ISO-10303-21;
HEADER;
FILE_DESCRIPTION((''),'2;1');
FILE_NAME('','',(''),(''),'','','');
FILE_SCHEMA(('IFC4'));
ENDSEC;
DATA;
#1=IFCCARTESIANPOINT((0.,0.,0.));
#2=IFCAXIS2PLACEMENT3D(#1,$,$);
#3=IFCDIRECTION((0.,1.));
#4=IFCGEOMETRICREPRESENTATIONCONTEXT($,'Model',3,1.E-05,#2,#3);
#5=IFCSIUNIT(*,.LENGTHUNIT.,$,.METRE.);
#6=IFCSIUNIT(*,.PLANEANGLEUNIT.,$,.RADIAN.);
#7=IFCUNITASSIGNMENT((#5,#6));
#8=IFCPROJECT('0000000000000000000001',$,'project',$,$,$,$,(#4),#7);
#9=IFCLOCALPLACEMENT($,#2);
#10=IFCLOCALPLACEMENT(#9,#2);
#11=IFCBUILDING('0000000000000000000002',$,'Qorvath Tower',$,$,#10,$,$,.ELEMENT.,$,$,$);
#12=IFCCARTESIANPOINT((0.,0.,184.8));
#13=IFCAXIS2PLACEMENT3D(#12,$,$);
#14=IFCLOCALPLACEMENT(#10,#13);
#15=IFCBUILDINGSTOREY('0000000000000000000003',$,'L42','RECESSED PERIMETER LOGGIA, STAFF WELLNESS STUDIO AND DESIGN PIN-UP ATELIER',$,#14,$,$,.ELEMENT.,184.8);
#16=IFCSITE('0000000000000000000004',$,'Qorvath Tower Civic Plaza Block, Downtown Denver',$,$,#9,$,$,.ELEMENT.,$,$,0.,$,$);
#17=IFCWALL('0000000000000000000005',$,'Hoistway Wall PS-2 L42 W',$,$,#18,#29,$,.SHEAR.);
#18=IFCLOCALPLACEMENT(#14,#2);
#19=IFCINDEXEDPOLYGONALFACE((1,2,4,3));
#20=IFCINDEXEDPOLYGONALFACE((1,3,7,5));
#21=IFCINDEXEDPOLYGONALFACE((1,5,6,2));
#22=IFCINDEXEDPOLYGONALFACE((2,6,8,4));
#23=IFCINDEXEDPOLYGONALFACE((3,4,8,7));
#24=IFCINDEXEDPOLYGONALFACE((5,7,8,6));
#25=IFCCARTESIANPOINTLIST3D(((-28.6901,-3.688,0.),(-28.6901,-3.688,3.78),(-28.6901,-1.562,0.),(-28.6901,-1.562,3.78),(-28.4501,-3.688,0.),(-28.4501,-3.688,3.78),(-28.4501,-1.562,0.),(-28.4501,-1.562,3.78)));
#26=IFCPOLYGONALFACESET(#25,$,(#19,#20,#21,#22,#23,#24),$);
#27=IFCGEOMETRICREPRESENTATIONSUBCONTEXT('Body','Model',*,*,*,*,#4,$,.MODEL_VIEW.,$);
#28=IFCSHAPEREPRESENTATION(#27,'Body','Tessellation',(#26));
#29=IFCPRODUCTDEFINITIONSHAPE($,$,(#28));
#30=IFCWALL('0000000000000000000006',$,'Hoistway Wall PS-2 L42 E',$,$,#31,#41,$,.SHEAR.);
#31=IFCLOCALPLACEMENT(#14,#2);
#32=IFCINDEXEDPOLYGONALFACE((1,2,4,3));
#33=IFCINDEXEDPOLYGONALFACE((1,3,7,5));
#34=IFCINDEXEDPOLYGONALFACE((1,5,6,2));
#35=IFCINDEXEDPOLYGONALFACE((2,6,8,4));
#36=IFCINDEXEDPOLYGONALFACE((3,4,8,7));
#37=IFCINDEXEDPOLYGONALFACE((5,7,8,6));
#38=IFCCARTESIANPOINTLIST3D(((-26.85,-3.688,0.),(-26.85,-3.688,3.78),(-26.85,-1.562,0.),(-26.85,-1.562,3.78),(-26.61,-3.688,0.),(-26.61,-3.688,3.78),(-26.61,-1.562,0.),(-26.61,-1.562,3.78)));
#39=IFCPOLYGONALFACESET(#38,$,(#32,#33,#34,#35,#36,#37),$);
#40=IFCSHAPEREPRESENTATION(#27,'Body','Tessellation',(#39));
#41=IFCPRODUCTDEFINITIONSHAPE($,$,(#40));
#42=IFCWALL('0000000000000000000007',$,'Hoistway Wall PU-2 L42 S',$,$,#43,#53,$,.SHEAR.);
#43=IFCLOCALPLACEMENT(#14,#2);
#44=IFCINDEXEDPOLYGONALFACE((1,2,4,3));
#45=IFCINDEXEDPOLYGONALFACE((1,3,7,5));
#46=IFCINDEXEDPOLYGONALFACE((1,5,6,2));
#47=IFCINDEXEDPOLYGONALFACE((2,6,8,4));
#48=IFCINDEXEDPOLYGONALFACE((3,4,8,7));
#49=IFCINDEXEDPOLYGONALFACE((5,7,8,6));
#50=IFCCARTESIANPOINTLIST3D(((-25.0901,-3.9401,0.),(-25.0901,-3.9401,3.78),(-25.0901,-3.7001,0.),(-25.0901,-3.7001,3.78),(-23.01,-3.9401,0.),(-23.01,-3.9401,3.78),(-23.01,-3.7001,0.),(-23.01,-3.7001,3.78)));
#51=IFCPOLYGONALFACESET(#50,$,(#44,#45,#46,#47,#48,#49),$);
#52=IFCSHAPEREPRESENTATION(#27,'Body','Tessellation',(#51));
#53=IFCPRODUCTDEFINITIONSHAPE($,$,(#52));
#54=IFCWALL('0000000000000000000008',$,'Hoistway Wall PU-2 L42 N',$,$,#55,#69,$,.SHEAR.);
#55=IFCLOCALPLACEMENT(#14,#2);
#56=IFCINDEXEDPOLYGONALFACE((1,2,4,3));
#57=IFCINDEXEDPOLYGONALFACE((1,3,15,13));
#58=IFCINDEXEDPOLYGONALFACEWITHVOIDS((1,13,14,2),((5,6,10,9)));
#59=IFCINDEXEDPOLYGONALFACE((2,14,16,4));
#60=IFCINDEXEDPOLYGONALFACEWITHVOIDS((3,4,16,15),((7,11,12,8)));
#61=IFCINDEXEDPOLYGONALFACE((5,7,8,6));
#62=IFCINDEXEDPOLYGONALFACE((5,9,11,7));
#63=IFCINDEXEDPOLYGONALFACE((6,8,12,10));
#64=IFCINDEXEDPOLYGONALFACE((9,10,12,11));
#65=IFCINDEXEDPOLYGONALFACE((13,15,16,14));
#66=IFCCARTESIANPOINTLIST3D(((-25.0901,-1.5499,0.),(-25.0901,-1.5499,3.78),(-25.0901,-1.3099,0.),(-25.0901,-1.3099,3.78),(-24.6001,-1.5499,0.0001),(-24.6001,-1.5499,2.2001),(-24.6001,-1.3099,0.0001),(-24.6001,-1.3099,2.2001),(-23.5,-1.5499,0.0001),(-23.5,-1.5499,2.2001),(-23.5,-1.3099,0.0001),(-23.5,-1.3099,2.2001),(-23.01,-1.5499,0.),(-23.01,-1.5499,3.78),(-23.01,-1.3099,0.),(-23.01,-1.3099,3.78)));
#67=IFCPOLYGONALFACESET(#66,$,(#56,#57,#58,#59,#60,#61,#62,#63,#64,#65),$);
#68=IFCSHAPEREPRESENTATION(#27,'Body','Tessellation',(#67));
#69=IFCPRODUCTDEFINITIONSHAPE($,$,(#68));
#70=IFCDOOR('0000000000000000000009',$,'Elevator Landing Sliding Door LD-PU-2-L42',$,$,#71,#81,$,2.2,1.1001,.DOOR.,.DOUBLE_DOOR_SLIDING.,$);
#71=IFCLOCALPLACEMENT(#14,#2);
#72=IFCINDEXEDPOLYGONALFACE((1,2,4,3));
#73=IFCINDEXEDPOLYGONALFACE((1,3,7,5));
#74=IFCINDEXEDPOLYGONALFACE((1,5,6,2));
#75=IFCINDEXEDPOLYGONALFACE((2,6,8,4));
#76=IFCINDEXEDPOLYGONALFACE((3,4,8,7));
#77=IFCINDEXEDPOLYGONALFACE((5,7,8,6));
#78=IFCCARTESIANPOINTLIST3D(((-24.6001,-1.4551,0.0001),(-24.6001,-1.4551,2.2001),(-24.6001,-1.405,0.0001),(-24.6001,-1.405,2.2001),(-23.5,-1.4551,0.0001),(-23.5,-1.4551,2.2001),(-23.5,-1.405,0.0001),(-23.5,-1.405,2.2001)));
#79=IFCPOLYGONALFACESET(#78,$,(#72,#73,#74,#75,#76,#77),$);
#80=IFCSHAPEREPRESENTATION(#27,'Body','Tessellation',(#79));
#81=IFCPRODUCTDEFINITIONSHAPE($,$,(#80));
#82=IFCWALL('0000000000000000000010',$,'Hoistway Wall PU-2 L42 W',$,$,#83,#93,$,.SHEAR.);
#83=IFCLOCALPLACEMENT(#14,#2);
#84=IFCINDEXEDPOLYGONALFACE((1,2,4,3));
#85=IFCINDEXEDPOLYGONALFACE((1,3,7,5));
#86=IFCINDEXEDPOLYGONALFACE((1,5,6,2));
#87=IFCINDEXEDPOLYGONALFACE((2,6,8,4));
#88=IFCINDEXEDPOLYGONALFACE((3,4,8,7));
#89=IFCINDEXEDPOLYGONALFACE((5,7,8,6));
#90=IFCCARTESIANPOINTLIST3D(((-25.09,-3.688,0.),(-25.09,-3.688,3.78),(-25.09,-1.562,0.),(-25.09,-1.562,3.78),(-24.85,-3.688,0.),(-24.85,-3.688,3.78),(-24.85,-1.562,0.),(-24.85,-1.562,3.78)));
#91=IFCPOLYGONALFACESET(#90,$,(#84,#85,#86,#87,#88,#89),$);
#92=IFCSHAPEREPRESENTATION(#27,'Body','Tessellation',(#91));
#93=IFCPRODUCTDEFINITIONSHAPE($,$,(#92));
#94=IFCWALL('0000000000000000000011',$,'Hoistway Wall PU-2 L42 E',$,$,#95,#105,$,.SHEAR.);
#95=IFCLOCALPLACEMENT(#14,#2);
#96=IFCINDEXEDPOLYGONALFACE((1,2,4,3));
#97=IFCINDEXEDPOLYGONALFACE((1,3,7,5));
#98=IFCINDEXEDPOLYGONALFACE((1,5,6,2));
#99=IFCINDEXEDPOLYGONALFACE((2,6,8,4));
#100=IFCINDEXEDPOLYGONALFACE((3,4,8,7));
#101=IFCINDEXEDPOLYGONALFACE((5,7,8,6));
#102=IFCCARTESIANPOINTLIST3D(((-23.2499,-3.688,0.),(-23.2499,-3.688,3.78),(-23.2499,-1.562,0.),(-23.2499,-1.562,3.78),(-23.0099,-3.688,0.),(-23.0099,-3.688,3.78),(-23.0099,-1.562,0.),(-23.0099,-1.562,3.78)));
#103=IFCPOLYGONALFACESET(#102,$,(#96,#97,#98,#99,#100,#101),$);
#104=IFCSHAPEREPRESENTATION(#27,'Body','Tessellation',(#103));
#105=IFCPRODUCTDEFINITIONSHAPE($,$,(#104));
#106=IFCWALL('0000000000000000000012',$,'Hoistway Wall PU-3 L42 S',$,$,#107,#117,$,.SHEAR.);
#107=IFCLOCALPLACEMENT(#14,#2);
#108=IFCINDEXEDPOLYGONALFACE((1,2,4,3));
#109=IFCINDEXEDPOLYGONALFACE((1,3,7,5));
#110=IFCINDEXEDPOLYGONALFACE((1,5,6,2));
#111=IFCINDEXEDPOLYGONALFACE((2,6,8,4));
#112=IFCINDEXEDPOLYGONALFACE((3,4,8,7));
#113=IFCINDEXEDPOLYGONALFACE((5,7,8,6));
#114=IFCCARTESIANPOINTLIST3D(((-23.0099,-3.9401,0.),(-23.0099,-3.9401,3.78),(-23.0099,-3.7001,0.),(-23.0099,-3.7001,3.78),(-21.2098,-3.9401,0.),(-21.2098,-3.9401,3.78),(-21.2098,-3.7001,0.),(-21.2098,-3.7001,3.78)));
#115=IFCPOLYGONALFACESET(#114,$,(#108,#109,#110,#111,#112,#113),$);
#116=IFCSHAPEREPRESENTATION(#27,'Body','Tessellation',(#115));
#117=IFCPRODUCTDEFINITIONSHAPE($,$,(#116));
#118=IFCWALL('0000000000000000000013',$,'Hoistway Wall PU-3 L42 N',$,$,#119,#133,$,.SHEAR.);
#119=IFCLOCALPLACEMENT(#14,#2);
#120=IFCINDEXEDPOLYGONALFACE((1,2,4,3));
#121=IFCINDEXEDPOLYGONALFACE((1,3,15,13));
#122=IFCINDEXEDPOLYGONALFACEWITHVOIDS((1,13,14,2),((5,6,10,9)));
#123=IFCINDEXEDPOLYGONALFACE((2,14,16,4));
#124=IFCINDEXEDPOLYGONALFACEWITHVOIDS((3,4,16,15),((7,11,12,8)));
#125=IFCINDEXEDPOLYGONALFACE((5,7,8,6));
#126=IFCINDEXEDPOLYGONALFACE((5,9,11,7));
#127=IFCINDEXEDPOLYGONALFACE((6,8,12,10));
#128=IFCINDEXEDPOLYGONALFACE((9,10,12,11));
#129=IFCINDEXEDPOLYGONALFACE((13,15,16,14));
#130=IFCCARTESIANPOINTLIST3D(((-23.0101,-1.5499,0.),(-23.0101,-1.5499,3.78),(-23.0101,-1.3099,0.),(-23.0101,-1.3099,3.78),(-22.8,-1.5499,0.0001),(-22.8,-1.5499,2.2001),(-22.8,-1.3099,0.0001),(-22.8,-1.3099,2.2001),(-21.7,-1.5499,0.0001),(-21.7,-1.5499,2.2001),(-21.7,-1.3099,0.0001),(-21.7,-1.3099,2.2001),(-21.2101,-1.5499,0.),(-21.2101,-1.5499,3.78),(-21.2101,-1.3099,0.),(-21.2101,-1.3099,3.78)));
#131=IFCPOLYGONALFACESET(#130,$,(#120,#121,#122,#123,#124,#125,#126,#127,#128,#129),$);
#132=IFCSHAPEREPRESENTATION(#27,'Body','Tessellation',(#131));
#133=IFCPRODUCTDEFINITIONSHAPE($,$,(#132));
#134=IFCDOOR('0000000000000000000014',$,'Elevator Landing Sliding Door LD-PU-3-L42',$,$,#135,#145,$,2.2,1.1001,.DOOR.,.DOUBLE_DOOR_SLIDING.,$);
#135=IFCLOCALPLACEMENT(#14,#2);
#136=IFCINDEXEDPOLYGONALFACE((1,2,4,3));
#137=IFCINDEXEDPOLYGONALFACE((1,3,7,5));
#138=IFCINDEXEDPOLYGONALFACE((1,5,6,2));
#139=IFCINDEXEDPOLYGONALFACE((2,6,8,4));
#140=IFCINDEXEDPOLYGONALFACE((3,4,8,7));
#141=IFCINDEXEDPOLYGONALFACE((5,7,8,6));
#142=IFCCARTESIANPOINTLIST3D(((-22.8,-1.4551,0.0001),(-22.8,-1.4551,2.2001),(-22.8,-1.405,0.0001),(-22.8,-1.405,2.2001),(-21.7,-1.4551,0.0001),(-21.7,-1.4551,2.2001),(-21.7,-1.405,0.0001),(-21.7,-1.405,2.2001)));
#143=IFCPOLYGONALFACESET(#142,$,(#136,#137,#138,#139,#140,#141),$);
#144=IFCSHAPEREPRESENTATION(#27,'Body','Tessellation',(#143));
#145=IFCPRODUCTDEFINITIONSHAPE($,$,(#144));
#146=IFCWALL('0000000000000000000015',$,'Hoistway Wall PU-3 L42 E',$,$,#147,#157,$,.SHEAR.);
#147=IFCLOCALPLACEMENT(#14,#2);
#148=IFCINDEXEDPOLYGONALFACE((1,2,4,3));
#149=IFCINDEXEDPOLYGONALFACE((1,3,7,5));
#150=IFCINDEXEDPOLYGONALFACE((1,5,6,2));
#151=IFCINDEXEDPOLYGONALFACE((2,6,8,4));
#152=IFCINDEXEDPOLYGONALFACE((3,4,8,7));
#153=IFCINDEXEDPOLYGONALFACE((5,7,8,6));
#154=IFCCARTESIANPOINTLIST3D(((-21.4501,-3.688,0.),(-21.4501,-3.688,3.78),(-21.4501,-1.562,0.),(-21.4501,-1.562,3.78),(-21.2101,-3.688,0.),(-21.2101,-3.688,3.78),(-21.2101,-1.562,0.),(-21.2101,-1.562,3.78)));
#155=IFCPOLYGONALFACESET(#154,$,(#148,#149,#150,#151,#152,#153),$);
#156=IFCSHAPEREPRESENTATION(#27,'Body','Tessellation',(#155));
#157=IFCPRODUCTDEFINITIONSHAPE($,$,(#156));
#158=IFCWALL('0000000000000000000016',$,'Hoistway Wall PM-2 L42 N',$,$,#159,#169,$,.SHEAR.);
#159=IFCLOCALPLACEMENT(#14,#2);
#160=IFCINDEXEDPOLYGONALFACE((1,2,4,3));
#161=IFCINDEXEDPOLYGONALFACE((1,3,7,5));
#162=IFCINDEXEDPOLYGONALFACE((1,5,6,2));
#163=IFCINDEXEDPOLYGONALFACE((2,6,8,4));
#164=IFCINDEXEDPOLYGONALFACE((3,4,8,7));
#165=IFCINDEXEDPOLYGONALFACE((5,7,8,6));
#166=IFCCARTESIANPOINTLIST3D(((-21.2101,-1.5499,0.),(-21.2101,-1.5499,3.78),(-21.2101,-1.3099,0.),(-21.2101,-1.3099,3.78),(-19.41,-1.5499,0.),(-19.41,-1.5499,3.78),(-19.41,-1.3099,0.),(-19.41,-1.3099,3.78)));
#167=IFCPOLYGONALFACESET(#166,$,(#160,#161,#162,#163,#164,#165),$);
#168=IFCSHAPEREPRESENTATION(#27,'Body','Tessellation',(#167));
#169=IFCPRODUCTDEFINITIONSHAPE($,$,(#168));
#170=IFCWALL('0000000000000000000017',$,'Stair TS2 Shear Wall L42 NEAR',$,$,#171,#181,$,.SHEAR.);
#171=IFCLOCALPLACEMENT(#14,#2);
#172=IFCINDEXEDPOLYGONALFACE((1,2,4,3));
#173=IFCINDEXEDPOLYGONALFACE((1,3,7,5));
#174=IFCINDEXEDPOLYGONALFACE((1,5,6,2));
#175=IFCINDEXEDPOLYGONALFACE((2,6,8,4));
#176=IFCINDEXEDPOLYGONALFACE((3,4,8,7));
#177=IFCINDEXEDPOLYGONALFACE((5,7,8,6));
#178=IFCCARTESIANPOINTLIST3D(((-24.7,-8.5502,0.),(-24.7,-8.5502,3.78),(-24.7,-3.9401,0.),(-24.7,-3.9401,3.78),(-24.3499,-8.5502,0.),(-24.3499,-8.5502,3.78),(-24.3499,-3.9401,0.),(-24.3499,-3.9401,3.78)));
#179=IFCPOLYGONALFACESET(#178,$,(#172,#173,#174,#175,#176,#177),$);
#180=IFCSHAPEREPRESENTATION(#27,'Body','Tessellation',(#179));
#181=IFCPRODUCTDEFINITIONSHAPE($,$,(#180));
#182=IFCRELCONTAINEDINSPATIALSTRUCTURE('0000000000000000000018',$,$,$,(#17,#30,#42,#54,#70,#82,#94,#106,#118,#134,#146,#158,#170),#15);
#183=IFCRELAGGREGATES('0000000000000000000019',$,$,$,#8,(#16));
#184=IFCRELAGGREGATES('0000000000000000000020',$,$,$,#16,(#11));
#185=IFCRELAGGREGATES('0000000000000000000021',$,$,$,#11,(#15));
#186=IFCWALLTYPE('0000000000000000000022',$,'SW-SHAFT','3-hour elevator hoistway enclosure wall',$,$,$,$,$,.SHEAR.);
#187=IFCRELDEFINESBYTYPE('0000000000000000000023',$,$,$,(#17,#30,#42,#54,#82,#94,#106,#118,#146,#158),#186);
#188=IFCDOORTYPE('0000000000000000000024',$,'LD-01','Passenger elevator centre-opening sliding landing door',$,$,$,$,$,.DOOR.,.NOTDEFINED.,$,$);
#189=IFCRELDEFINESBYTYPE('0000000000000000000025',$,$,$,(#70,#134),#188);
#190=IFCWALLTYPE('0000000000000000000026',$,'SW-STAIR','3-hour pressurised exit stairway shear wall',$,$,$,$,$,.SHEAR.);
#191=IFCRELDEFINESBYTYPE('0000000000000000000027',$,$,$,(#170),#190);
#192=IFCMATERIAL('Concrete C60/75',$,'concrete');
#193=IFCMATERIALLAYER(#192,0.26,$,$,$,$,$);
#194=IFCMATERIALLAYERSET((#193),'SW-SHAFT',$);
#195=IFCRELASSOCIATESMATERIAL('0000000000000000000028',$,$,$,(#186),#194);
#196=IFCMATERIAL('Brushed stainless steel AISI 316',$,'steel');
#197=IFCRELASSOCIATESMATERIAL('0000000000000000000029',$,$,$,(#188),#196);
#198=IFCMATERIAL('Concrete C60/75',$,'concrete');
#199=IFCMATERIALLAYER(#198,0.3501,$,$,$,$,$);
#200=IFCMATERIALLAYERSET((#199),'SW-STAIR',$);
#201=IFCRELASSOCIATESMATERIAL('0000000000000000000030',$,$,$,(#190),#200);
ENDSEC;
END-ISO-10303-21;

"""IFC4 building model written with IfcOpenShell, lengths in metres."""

from ifc_helpers import new_model, si_unit, direction, frame, frame_2d, origin, place, context, subcontext, project, spatial, rectangle, extrude, material, layer, layer_set, type_object, element, fill, save


model = new_model("IFC4")

# Units and contexts
model_context = context("Model", 3, precision=1e-05, world=origin(), true_north=direction((0.0, 1.0)))
body_context = subcontext(model_context, "Body", "Model", "MODEL_VIEW")
ifc_project = project(units=[si_unit("LENGTHUNIT", "METRE"), si_unit("PLANEANGLEUNIT", "RADIAN")], contexts=[model_context])

# Site, building, storey
site_placement = place(None, origin())
site = spatial("IfcSite", under=ifc_project, at=site_placement, Name="Qorvath Tower Civic Plaza Block, Downtown Denver", CompositionType="ELEMENT", RefElevation=0.0)
building_placement = place(site_placement, origin())
building = spatial("IfcBuilding", under=site, at=building_placement, Name="Qorvath Tower", CompositionType="ELEMENT")
storey_placement = place(building_placement, frame((0.0, 0.0, 184.8)))
storey = spatial("IfcBuildingStorey", under=building, at=storey_placement, Name="L42", Description="RECESSED PERIMETER LOGGIA, STAFF WELLNESS STUDIO AND DESIGN PIN-UP ATELIER", CompositionType="ELEMENT", Elevation=184.8)

# Shared definitions
ifc_material_1 = material(Name="Concrete C60/75", Category="concrete")
ifc_layer_1 = layer(ifc_material_1, 0.26)
ifc_layer_set_1 = layer_set([ifc_layer_1], Name="SW-SHAFT")
wall_type_1 = type_object("IfcWallType", Name="SW-SHAFT", Description="3-hour elevator hoistway enclosure wall", PredefinedType="SHEAR", material=ifc_layer_set_1)

# Walls
for number, where, z_axis, x_axis, name in (
    (1, (-28.5701, -3.688, 0.0), (0.0, 0.0, 1.0), (0.0, 1.0, 0.0), "Hoistway Wall PS-2 L42 W"),
    (2, (-26.73, -1.562, 0.0), (0.0, 0.0, 1.0), (0.0, -1.0, 0.0), "Hoistway Wall PS-2 L42 E"),
):
    element("IfcWall", number, at=place(storey_placement, frame(where, z_axis=z_axis, x_axis=x_axis)), inside=storey, type_object=wall_type_1, Name=name, PredefinedType="SHEAR", context=body_context, shape_type="SweptSolid", body=[
        extrude(rectangle(XDim=2.126, YDim=0.24, at=frame_2d((1.063, 0.0))), origin(), (0.0, 0.0, 1.0), 3.78),
    ])
wall_1_placement = place(storey_placement, frame((-23.01, -3.8201, 0.0), z_axis=(0.0, 0.0, 1.0), x_axis=(-1.0, 0.0, 0.0)))
element("IfcWall", 3, at=wall_1_placement, inside=storey, type_object=wall_type_1, Name="Hoistway Wall PU-2 L42 S", PredefinedType="SHEAR", context=body_context, shape_type="SweptSolid", body=[
    extrude(rectangle(XDim=2.0801, YDim=0.24, at=frame_2d((1.04, 0.0))), origin(), (0.0, 0.0, 1.0), 3.78),
])

# Wall, opening, door
wall_2_placement = place(storey_placement, frame((-25.0901, -1.4299, 0.0), z_axis=(0.0, 0.0, 1.0), x_axis=(1.0, 0.0, 0.0)))
wall_2 = element("IfcWall", 4, at=wall_2_placement, inside=storey, type_object=wall_type_1, Name="Hoistway Wall PU-2 L42 N", PredefinedType="SHEAR", context=body_context, shape_type="SweptSolid", body=[
    extrude(rectangle(XDim=2.0801, YDim=0.24, at=frame_2d((1.04, 0.0))), origin(), (0.0, 0.0, 1.0), 3.78),
])
opening_1_placement = place(wall_2_placement, frame((0.49, 0.0, 0.0)))
opening_1 = element("IfcOpeningElement", 5, at=opening_1_placement, cuts=wall_2, PredefinedType="OPENING", context=body_context, shape_type="SweptSolid", body=[
    extrude(rectangle(XDim=1.1001, YDim=2.2, at=frame_2d((0.55, 1.1001))), frame((0.0, 0.1299, 0.0), z_axis=(0.0, -1.0, 0.0), x_axis=(1.0, 0.0, 0.0)), (0.0, 0.0, 1.0), 0.26),
])
ifc_material_2 = material(Name="Brushed stainless steel AISI 316", Category="steel")
door_type_1 = type_object("IfcDoorType", Name="LD-01", Description="Passenger elevator centre-opening sliding landing door", OperationType="NOTDEFINED", PredefinedType="DOOR", material=ifc_material_2)
door_1_placement = place(opening_1_placement, origin())
door_1 = element("IfcDoor", 6, at=door_1_placement, inside=storey, type_object=door_type_1, Name="Elevator Landing Sliding Door LD-PU-2-L42", OperationType="DOUBLE_DOOR_SLIDING", OverallHeight=2.2, OverallWidth=1.1001, PredefinedType="DOOR", context=body_context, shape_type="SweptSolid", body=[
    extrude(rectangle(XDim=1.1001, YDim=2.2, at=frame_2d((0.55, 1.1001))), frame((0.0, 0.0249, 0.0), z_axis=(0.0, -1.0, 0.0), x_axis=(1.0, 0.0, 0.0)), (0.0, 0.0, 1.0), 0.05),
])
fill(opening_1, door_1)

# Walls
for number, where, z_axis, x_axis, name in (
    (7, (-24.97, -3.688, 0.0), (0.0, 0.0, 1.0), (0.0, 1.0, 0.0), "Hoistway Wall PU-2 L42 W"),
    (8, (-23.1299, -1.562, 0.0), (0.0, 0.0, 1.0), (0.0, -1.0, 0.0), "Hoistway Wall PU-2 L42 E"),
):
    element("IfcWall", number, at=place(storey_placement, frame(where, z_axis=z_axis, x_axis=x_axis)), inside=storey, type_object=wall_type_1, Name=name, PredefinedType="SHEAR", context=body_context, shape_type="SweptSolid", body=[
        extrude(rectangle(XDim=2.126, YDim=0.24, at=frame_2d((1.063, 0.0))), origin(), (0.0, 0.0, 1.0), 3.78),
    ])
wall_3_placement = place(storey_placement, frame((-21.21, -3.8201, 0.0), z_axis=(0.0, 0.0, 1.0), x_axis=(-1.0, 0.0, 0.0)))
element("IfcWall", 9, at=wall_3_placement, inside=storey, type_object=wall_type_1, Name="Hoistway Wall PU-3 L42 S", PredefinedType="SHEAR", context=body_context, shape_type="SweptSolid", body=[
    extrude(rectangle(XDim=1.8, YDim=0.24, at=frame_2d((0.8999, 0.0))), origin(), (0.0, 0.0, 1.0), 3.78),
])

# Wall, opening, door
wall_4_placement = place(storey_placement, frame((-23.01, -1.4299, 0.0), z_axis=(0.0, 0.0, 1.0), x_axis=(1.0, 0.0, 0.0)))
wall_4 = element("IfcWall", 10, at=wall_4_placement, inside=storey, type_object=wall_type_1, Name="Hoistway Wall PU-3 L42 N", PredefinedType="SHEAR", context=body_context, shape_type="SweptSolid", body=[
    extrude(rectangle(XDim=1.8, YDim=0.24, at=frame_2d((0.8999, 0.0))), origin(), (0.0, 0.0, 1.0), 3.78),
])
opening_2_placement = place(wall_4_placement, frame((0.21, 0.0, 0.0)))
opening_2 = element("IfcOpeningElement", 11, at=opening_2_placement, cuts=wall_4, PredefinedType="OPENING", context=body_context, shape_type="SweptSolid", body=[
    extrude(rectangle(XDim=1.1001, YDim=2.2, at=frame_2d((0.55, 1.1001))), frame((0.0, 0.1299, 0.0), z_axis=(0.0, -1.0, 0.0), x_axis=(1.0, 0.0, 0.0)), (0.0, 0.0, 1.0), 0.26),
])
door_2_placement = place(opening_2_placement, origin())
door_2 = element("IfcDoor", 12, at=door_2_placement, inside=storey, type_object=door_type_1, Name="Elevator Landing Sliding Door LD-PU-3-L42", OperationType="DOUBLE_DOOR_SLIDING", OverallHeight=2.2, OverallWidth=1.1001, PredefinedType="DOOR", context=body_context, shape_type="SweptSolid", body=[
    extrude(rectangle(XDim=1.1001, YDim=2.2, at=frame_2d((0.55, 1.1001))), frame((0.0, 0.0249, 0.0), z_axis=(0.0, -1.0, 0.0), x_axis=(1.0, 0.0, 0.0)), (0.0, 0.0, 1.0), 0.05),
])
fill(opening_2, door_2)

# Walls
wall_5_placement = place(storey_placement, frame((-21.3301, -1.562, 0.0), z_axis=(0.0, 0.0, 1.0), x_axis=(0.0, -1.0, 0.0)))
element("IfcWall", 13, at=wall_5_placement, inside=storey, type_object=wall_type_1, Name="Hoistway Wall PU-3 L42 E", PredefinedType="SHEAR", context=body_context, shape_type="SweptSolid", body=[
    extrude(rectangle(XDim=2.126, YDim=0.24, at=frame_2d((1.063, 0.0))), origin(), (0.0, 0.0, 1.0), 3.78),
])
wall_6_placement = place(storey_placement, frame((-21.21, -1.4299, 0.0), z_axis=(0.0, 0.0, 1.0), x_axis=(1.0, 0.0, 0.0)))
element("IfcWall", 14, at=wall_6_placement, inside=storey, type_object=wall_type_1, Name="Hoistway Wall PM-2 L42 N", PredefinedType="SHEAR", context=body_context, shape_type="SweptSolid", body=[
    extrude(rectangle(XDim=1.8, YDim=0.24, at=frame_2d((0.8999, 0.0))), origin(), (0.0, 0.0, 1.0), 3.78),
])
ifc_material_3 = material(Name="Concrete C60/75", Category="concrete")
ifc_layer_2 = layer(ifc_material_3, 0.3501)
ifc_layer_set_2 = layer_set([ifc_layer_2], Name="SW-STAIR")
wall_type_2 = type_object("IfcWallType", Name="SW-STAIR", Description="3-hour pressurised exit stairway shear wall", PredefinedType="SHEAR", material=ifc_layer_set_2)
wall_7_placement = place(storey_placement, frame((-24.5249, -3.9399, 0.0), z_axis=(0.0, 0.0, 1.0), x_axis=(0.0, -1.0, 0.0)))
element("IfcWall", 15, at=wall_7_placement, inside=storey, type_object=wall_type_2, Name="Stair TS2 Shear Wall L42 NEAR", PredefinedType="SHEAR", context=body_context, shape_type="SweptSolid", body=[
    extrude(rectangle(XDim=4.6101, YDim=0.3501, at=frame_2d((2.3052, 0.0))), origin(), (0.0, 0.0, 1.0), 3.78),
])

save(model, "model.ifc")
